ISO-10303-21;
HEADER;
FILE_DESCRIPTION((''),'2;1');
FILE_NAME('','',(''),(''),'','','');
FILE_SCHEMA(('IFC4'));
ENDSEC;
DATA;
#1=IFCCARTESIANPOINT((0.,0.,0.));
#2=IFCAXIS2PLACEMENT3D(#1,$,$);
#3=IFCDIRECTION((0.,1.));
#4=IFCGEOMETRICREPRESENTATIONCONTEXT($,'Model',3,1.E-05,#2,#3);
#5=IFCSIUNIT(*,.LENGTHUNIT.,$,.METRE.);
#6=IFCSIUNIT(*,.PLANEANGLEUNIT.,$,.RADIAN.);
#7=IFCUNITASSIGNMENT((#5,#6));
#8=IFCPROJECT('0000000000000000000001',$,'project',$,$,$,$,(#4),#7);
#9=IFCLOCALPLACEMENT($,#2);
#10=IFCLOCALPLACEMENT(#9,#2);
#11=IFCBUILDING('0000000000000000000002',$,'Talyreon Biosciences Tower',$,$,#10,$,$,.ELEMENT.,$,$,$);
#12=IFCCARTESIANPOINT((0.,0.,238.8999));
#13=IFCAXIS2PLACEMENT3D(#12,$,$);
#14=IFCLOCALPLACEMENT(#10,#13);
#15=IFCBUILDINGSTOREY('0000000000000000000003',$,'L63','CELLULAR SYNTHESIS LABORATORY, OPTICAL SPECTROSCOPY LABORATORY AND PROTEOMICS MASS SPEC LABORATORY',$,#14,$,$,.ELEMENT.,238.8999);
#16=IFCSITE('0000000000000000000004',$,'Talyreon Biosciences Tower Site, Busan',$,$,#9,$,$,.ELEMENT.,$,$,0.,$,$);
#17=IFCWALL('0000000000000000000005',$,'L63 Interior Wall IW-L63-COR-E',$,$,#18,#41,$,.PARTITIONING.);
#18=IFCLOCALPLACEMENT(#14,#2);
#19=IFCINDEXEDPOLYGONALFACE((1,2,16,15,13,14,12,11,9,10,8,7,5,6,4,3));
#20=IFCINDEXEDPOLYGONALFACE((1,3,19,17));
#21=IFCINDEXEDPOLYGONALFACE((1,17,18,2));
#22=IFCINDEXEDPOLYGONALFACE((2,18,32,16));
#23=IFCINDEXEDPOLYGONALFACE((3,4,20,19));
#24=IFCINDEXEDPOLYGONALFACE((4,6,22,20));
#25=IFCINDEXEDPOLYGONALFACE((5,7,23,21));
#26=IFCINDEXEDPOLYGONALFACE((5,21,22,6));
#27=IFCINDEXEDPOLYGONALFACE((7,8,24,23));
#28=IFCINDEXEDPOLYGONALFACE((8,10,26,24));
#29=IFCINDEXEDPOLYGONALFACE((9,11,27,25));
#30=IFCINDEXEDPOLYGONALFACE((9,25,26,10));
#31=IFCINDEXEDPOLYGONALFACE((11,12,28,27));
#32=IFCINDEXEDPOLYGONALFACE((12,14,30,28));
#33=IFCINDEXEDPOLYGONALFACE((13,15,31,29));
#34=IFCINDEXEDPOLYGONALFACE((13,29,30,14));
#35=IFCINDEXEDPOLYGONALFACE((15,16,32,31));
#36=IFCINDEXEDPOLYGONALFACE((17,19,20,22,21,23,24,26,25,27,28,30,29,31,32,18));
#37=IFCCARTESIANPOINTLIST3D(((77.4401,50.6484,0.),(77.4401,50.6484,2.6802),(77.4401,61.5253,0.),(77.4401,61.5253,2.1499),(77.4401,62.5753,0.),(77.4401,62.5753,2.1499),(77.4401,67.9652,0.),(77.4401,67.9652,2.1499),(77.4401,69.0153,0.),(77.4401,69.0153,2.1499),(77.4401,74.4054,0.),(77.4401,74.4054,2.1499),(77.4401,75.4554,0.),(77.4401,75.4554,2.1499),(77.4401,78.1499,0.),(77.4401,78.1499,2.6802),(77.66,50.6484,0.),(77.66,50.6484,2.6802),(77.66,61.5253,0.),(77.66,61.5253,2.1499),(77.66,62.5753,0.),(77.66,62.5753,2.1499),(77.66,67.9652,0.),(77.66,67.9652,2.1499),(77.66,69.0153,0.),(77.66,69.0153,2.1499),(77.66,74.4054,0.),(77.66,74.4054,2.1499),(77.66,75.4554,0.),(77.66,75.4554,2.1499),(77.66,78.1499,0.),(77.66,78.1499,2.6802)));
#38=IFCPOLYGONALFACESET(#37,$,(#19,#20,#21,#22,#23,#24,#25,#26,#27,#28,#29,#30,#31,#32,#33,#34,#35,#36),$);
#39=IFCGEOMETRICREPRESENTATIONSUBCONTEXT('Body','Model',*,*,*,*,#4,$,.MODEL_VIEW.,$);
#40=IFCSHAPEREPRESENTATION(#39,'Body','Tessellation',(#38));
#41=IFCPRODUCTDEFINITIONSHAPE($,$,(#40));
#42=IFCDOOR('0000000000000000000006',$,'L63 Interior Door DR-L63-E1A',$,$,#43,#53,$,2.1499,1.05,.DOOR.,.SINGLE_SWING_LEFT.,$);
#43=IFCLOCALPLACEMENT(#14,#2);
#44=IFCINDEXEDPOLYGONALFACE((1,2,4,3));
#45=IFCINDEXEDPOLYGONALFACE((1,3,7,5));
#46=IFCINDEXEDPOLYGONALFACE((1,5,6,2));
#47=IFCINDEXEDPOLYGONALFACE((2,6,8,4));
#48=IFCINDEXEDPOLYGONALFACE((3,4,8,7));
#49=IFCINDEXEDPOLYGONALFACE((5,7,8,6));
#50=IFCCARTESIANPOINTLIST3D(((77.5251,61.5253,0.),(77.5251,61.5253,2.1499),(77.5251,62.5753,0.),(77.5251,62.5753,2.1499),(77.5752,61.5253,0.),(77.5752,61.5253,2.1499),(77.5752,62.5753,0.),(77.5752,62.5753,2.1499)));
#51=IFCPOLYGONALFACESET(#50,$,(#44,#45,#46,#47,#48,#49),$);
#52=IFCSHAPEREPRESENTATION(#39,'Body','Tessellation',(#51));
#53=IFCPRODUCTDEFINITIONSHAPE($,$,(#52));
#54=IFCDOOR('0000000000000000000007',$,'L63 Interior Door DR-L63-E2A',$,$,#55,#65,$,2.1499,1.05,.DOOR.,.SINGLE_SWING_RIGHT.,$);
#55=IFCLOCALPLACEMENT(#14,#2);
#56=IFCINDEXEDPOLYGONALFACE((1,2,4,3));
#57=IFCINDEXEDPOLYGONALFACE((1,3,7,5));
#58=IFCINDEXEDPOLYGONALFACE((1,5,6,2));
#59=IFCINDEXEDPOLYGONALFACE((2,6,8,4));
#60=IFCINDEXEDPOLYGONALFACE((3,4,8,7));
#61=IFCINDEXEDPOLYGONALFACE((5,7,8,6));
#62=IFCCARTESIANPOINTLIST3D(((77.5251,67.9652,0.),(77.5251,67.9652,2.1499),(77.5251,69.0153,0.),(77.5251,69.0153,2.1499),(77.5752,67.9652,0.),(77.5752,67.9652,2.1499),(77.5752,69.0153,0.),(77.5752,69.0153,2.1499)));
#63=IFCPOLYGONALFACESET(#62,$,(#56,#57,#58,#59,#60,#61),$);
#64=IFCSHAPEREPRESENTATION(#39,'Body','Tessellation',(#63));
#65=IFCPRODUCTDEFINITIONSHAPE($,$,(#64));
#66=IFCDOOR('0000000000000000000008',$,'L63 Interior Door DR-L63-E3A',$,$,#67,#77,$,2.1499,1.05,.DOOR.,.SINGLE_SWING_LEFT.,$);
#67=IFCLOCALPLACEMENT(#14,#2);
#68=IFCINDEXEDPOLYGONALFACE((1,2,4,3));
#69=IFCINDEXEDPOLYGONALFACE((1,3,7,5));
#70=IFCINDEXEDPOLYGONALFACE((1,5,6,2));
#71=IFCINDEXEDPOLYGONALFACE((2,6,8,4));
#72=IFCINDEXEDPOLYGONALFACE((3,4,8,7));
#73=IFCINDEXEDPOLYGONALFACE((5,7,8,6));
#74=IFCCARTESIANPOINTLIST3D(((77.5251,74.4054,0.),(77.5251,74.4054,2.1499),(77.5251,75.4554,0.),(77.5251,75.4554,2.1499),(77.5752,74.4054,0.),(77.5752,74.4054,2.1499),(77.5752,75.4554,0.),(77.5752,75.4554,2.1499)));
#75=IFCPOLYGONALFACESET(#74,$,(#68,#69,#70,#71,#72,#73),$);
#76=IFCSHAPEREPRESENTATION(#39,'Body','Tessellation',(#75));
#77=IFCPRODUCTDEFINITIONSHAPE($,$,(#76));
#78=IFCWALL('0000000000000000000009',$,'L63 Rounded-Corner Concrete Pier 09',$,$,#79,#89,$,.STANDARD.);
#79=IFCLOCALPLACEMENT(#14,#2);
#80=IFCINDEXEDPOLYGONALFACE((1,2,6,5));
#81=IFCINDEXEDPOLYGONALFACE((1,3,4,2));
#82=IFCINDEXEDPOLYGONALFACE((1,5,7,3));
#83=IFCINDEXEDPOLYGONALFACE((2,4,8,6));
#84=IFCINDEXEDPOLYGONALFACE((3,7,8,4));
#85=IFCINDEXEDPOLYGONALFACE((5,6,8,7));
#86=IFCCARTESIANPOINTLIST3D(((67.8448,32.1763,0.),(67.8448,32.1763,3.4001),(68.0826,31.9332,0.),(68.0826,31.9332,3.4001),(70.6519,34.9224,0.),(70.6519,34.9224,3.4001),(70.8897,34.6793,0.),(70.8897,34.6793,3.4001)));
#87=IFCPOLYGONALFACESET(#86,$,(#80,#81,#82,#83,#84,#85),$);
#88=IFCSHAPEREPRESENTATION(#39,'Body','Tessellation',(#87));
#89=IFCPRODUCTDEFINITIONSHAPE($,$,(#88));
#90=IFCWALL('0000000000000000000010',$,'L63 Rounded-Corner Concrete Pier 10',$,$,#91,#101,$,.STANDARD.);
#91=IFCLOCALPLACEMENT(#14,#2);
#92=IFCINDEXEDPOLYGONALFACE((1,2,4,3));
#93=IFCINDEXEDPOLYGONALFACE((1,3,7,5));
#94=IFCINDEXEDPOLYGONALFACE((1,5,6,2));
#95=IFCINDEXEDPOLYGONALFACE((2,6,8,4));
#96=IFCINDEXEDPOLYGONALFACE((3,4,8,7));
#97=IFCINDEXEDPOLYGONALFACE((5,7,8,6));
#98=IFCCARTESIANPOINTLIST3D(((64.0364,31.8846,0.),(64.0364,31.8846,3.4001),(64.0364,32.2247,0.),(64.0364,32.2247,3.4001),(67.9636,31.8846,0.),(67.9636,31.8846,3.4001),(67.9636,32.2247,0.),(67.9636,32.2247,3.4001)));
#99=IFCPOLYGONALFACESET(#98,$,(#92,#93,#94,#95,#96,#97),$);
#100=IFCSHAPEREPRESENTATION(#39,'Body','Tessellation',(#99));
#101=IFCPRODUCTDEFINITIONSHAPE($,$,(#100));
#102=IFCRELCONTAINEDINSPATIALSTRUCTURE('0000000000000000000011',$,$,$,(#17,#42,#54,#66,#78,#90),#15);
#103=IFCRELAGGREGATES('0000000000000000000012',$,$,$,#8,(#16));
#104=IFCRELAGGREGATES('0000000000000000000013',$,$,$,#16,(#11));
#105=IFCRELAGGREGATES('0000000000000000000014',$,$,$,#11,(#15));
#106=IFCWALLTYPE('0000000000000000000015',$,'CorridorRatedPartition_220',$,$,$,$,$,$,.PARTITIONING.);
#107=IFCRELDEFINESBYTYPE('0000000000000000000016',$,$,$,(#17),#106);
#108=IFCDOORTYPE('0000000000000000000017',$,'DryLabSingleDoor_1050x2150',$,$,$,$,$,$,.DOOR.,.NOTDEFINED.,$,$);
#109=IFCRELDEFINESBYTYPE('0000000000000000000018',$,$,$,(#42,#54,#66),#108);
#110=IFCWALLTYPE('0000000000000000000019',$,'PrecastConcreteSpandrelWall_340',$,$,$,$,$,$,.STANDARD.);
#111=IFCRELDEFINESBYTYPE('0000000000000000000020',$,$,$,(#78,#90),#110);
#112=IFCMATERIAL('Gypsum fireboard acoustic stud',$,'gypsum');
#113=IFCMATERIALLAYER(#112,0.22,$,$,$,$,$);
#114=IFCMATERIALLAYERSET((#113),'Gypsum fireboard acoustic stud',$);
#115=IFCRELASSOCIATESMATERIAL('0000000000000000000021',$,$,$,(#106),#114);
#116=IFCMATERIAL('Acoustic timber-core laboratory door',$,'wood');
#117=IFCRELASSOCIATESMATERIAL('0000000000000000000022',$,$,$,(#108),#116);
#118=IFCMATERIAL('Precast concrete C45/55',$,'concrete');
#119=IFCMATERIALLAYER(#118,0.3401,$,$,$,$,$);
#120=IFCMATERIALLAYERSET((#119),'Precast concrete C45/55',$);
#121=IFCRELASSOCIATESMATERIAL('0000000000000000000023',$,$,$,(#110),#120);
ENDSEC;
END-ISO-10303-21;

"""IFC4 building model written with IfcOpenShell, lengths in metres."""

from ifc_helpers import new_model, si_unit, direction, frame, frame_2d, origin, place, context, subcontext, project, spatial, rectangle, extrude, material, layer, layer_set, type_object, element, fill, save


model = new_model("IFC4")

# Units and contexts
model_context = context("Model", 3, precision=1e-05, world=origin(), true_north=direction((0.0, 1.0)))
body_context = subcontext(model_context, "Body", "Model", "MODEL_VIEW")
ifc_project = project(units=[si_unit("LENGTHUNIT", "METRE"), si_unit("PLANEANGLEUNIT", "RADIAN")], contexts=[model_context])

# Site, building, storey
site_placement = place(None, origin())
site = spatial("IfcSite", under=ifc_project, at=site_placement, Name="Talyreon Biosciences Tower Site, Busan", CompositionType="ELEMENT", RefElevation=0.0)
building_placement = place(site_placement, origin())
building = spatial("IfcBuilding", under=site, at=building_placement, Name="Talyreon Biosciences Tower", CompositionType="ELEMENT")
storey_placement = place(building_placement, frame((0.0, 0.0, 238.8999)))
storey = spatial("IfcBuildingStorey", under=building, at=storey_placement, Name="L63", Description="CELLULAR SYNTHESIS LABORATORY, OPTICAL SPECTROSCOPY LABORATORY AND PROTEOMICS MASS SPEC LABORATORY", CompositionType="ELEMENT", Elevation=238.8999)

# Shared definitions
ifc_material_1 = material(Name="Precast concrete C45/55", Category="concrete")

# Wall, openings, doors
ifc_material_2 = material(Name="Gypsum fireboard acoustic stud", Category="gypsum")
ifc_layer_1 = layer(ifc_material_2, 0.22)
ifc_layer_set_1 = layer_set([ifc_layer_1], Name="Gypsum fireboard acoustic stud")
wall_type_1 = type_object("IfcWallType", Name="CorridorRatedPartition_220", PredefinedType="PARTITIONING", material=ifc_layer_set_1)
wall_1_placement = place(storey_placement, frame((77.55, 50.6484, 0.0), z_axis=(0.0, 0.0, 1.0), x_axis=(0.0, 1.0, 0.0)))
wall_1 = element("IfcWall", 1, at=wall_1_placement, inside=storey, type_object=wall_type_1, Name="L63 Interior Wall IW-L63-COR-E", PredefinedType="PARTITIONING", context=body_context, shape_type="SweptSolid", body=[
    extrude(rectangle(XDim=27.5015, YDim=0.22, at=frame_2d((13.7507, 0.0))), origin(), (0.0, 0.0, 1.0), 2.6802),
])
opening_1_placement = place(wall_1_placement, frame((10.877, 0.0, 0.0)))
opening_1 = element("IfcOpeningElement", 2, at=opening_1_placement, cuts=wall_1, PredefinedType="OPENING", context=body_context, shape_type="SweptSolid", body=[
    extrude(rectangle(XDim=1.05, YDim=2.1499, at=frame_2d((0.5249, 1.075))), frame((0.0, 0.1199, 0.0), z_axis=(0.0, -1.0, 0.0), x_axis=(1.0, 0.0, 0.0)), (0.0, 0.0, 1.0), 0.24),
])
opening_2_placement = place(wall_1_placement, frame((17.3169, 0.0, 0.0)))
opening_2 = element("IfcOpeningElement", 3, at=opening_2_placement, cuts=wall_1, PredefinedType="OPENING", context=body_context, shape_type="SweptSolid", body=[
    extrude(rectangle(XDim=1.05, YDim=2.1499, at=frame_2d((0.5249, 1.075))), frame((0.0, 0.1199, 0.0), z_axis=(0.0, -1.0, 0.0), x_axis=(1.0, 0.0, 0.0)), (0.0, 0.0, 1.0), 0.24),
])
opening_3_placement = place(wall_1_placement, frame((23.7571, 0.0, 0.0)))
opening_3 = element("IfcOpeningElement", 4, at=opening_3_placement, cuts=wall_1, PredefinedType="OPENING", context=body_context, shape_type="SweptSolid", body=[
    extrude(rectangle(XDim=1.05, YDim=2.1499, at=frame_2d((0.5249, 1.075))), frame((0.0, 0.1199, 0.0), z_axis=(0.0, -1.0, 0.0), x_axis=(1.0, 0.0, 0.0)), (0.0, 0.0, 1.0), 0.24),
])
ifc_material_3 = material(Name="Acoustic timber-core laboratory door", Category="wood")
door_type = type_object("IfcDoorType", Name="DryLabSingleDoor_1050x2150", OperationType="NOTDEFINED", PredefinedType="DOOR", material=ifc_material_3)
door_1_placement = place(opening_1_placement, origin())
door_1 = element("IfcDoor", 5, at=door_1_placement, inside=storey, type_object=door_type, Name="L63 Interior Door DR-L63-E1A", OperationType="SINGLE_SWING_LEFT", OverallHeight=2.1499, OverallWidth=1.05, PredefinedType="DOOR", context=body_context, shape_type="SweptSolid", body=[
    extrude(rectangle(XDim=1.05, YDim=2.1499, at=frame_2d((0.5249, 1.075))), frame((0.0, 0.0249, 0.0), z_axis=(0.0, -1.0, 0.0), x_axis=(1.0, 0.0, 0.0)), (0.0, 0.0, 1.0), 0.05),
])
fill(opening_1, door_1)
door_2_placement = place(opening_2_placement, origin())
door_2 = element("IfcDoor", 6, at=door_2_placement, inside=storey, type_object=door_type, Name="L63 Interior Door DR-L63-E2A", OperationType="SINGLE_SWING_RIGHT", OverallHeight=2.1499, OverallWidth=1.05, PredefinedType="DOOR", context=body_context, shape_type="SweptSolid", body=[
    extrude(rectangle(XDim=1.05, YDim=2.1499, at=frame_2d((0.5249, 1.075))), frame((0.0, 0.0249, 0.0), z_axis=(0.0, -1.0, 0.0), x_axis=(1.0, 0.0, 0.0)), (0.0, 0.0, 1.0), 0.05),
])
fill(opening_2, door_2)
door_3_placement = place(opening_3_placement, origin())
door_3 = element("IfcDoor", 7, at=door_3_placement, inside=storey, type_object=door_type, Name="L63 Interior Door DR-L63-E3A", OperationType="SINGLE_SWING_LEFT", OverallHeight=2.1499, OverallWidth=1.05, PredefinedType="DOOR", context=body_context, shape_type="SweptSolid", body=[
    extrude(rectangle(XDim=1.05, YDim=2.1499, at=frame_2d((0.5249, 1.075))), frame((0.0, 0.0249, 0.0), z_axis=(0.0, -1.0, 0.0), x_axis=(1.0, 0.0, 0.0)), (0.0, 0.0, 1.0), 0.05),
])
fill(opening_3, door_3)

# Walls
ifc_layer_2 = layer(ifc_material_1, 0.3401)
ifc_layer_set_2 = layer_set([ifc_layer_2], Name="Precast concrete C45/55")
wall_type_2 = type_object("IfcWallType", Name="PrecastConcreteSpandrelWall_340", PredefinedType="STANDARD", material=ifc_layer_set_2)
wall_2_placement = place(storey_placement, frame((70.7708, 34.8008, 0.0), z_axis=(0.0, 0.0, 1.0), x_axis=(-0.714835, -0.699293, 0.0)))
element("IfcWall", 8, at=wall_2_placement, inside=storey, type_object=wall_type_2, Name="L63 Rounded-Corner Concrete Pier 09", PredefinedType="STANDARD", context=body_context, shape_type="SweptSolid", body=[
    extrude(rectangle(XDim=3.927, YDim=0.3401, at=frame_2d((1.9634, 0.0))), origin(), (0.0, 0.0, 1.0), 3.4001),
])
wall_3_placement = place(storey_placement, frame((67.9636, 32.0547, 0.0), z_axis=(0.0, 0.0, 1.0), x_axis=(-1.0, 0.0, 0.0)))
element("IfcWall", 9, at=wall_3_placement, inside=storey, type_object=wall_type_2, Name="L63 Rounded-Corner Concrete Pier 10", PredefinedType="STANDARD", context=body_context, shape_type="SweptSolid", body=[
    extrude(rectangle(XDim=3.9272, YDim=0.3401, at=frame_2d((1.9636, 0.0))), origin(), (0.0, 0.0, 1.0), 3.4001),
])

save(model, "model.ifc")
